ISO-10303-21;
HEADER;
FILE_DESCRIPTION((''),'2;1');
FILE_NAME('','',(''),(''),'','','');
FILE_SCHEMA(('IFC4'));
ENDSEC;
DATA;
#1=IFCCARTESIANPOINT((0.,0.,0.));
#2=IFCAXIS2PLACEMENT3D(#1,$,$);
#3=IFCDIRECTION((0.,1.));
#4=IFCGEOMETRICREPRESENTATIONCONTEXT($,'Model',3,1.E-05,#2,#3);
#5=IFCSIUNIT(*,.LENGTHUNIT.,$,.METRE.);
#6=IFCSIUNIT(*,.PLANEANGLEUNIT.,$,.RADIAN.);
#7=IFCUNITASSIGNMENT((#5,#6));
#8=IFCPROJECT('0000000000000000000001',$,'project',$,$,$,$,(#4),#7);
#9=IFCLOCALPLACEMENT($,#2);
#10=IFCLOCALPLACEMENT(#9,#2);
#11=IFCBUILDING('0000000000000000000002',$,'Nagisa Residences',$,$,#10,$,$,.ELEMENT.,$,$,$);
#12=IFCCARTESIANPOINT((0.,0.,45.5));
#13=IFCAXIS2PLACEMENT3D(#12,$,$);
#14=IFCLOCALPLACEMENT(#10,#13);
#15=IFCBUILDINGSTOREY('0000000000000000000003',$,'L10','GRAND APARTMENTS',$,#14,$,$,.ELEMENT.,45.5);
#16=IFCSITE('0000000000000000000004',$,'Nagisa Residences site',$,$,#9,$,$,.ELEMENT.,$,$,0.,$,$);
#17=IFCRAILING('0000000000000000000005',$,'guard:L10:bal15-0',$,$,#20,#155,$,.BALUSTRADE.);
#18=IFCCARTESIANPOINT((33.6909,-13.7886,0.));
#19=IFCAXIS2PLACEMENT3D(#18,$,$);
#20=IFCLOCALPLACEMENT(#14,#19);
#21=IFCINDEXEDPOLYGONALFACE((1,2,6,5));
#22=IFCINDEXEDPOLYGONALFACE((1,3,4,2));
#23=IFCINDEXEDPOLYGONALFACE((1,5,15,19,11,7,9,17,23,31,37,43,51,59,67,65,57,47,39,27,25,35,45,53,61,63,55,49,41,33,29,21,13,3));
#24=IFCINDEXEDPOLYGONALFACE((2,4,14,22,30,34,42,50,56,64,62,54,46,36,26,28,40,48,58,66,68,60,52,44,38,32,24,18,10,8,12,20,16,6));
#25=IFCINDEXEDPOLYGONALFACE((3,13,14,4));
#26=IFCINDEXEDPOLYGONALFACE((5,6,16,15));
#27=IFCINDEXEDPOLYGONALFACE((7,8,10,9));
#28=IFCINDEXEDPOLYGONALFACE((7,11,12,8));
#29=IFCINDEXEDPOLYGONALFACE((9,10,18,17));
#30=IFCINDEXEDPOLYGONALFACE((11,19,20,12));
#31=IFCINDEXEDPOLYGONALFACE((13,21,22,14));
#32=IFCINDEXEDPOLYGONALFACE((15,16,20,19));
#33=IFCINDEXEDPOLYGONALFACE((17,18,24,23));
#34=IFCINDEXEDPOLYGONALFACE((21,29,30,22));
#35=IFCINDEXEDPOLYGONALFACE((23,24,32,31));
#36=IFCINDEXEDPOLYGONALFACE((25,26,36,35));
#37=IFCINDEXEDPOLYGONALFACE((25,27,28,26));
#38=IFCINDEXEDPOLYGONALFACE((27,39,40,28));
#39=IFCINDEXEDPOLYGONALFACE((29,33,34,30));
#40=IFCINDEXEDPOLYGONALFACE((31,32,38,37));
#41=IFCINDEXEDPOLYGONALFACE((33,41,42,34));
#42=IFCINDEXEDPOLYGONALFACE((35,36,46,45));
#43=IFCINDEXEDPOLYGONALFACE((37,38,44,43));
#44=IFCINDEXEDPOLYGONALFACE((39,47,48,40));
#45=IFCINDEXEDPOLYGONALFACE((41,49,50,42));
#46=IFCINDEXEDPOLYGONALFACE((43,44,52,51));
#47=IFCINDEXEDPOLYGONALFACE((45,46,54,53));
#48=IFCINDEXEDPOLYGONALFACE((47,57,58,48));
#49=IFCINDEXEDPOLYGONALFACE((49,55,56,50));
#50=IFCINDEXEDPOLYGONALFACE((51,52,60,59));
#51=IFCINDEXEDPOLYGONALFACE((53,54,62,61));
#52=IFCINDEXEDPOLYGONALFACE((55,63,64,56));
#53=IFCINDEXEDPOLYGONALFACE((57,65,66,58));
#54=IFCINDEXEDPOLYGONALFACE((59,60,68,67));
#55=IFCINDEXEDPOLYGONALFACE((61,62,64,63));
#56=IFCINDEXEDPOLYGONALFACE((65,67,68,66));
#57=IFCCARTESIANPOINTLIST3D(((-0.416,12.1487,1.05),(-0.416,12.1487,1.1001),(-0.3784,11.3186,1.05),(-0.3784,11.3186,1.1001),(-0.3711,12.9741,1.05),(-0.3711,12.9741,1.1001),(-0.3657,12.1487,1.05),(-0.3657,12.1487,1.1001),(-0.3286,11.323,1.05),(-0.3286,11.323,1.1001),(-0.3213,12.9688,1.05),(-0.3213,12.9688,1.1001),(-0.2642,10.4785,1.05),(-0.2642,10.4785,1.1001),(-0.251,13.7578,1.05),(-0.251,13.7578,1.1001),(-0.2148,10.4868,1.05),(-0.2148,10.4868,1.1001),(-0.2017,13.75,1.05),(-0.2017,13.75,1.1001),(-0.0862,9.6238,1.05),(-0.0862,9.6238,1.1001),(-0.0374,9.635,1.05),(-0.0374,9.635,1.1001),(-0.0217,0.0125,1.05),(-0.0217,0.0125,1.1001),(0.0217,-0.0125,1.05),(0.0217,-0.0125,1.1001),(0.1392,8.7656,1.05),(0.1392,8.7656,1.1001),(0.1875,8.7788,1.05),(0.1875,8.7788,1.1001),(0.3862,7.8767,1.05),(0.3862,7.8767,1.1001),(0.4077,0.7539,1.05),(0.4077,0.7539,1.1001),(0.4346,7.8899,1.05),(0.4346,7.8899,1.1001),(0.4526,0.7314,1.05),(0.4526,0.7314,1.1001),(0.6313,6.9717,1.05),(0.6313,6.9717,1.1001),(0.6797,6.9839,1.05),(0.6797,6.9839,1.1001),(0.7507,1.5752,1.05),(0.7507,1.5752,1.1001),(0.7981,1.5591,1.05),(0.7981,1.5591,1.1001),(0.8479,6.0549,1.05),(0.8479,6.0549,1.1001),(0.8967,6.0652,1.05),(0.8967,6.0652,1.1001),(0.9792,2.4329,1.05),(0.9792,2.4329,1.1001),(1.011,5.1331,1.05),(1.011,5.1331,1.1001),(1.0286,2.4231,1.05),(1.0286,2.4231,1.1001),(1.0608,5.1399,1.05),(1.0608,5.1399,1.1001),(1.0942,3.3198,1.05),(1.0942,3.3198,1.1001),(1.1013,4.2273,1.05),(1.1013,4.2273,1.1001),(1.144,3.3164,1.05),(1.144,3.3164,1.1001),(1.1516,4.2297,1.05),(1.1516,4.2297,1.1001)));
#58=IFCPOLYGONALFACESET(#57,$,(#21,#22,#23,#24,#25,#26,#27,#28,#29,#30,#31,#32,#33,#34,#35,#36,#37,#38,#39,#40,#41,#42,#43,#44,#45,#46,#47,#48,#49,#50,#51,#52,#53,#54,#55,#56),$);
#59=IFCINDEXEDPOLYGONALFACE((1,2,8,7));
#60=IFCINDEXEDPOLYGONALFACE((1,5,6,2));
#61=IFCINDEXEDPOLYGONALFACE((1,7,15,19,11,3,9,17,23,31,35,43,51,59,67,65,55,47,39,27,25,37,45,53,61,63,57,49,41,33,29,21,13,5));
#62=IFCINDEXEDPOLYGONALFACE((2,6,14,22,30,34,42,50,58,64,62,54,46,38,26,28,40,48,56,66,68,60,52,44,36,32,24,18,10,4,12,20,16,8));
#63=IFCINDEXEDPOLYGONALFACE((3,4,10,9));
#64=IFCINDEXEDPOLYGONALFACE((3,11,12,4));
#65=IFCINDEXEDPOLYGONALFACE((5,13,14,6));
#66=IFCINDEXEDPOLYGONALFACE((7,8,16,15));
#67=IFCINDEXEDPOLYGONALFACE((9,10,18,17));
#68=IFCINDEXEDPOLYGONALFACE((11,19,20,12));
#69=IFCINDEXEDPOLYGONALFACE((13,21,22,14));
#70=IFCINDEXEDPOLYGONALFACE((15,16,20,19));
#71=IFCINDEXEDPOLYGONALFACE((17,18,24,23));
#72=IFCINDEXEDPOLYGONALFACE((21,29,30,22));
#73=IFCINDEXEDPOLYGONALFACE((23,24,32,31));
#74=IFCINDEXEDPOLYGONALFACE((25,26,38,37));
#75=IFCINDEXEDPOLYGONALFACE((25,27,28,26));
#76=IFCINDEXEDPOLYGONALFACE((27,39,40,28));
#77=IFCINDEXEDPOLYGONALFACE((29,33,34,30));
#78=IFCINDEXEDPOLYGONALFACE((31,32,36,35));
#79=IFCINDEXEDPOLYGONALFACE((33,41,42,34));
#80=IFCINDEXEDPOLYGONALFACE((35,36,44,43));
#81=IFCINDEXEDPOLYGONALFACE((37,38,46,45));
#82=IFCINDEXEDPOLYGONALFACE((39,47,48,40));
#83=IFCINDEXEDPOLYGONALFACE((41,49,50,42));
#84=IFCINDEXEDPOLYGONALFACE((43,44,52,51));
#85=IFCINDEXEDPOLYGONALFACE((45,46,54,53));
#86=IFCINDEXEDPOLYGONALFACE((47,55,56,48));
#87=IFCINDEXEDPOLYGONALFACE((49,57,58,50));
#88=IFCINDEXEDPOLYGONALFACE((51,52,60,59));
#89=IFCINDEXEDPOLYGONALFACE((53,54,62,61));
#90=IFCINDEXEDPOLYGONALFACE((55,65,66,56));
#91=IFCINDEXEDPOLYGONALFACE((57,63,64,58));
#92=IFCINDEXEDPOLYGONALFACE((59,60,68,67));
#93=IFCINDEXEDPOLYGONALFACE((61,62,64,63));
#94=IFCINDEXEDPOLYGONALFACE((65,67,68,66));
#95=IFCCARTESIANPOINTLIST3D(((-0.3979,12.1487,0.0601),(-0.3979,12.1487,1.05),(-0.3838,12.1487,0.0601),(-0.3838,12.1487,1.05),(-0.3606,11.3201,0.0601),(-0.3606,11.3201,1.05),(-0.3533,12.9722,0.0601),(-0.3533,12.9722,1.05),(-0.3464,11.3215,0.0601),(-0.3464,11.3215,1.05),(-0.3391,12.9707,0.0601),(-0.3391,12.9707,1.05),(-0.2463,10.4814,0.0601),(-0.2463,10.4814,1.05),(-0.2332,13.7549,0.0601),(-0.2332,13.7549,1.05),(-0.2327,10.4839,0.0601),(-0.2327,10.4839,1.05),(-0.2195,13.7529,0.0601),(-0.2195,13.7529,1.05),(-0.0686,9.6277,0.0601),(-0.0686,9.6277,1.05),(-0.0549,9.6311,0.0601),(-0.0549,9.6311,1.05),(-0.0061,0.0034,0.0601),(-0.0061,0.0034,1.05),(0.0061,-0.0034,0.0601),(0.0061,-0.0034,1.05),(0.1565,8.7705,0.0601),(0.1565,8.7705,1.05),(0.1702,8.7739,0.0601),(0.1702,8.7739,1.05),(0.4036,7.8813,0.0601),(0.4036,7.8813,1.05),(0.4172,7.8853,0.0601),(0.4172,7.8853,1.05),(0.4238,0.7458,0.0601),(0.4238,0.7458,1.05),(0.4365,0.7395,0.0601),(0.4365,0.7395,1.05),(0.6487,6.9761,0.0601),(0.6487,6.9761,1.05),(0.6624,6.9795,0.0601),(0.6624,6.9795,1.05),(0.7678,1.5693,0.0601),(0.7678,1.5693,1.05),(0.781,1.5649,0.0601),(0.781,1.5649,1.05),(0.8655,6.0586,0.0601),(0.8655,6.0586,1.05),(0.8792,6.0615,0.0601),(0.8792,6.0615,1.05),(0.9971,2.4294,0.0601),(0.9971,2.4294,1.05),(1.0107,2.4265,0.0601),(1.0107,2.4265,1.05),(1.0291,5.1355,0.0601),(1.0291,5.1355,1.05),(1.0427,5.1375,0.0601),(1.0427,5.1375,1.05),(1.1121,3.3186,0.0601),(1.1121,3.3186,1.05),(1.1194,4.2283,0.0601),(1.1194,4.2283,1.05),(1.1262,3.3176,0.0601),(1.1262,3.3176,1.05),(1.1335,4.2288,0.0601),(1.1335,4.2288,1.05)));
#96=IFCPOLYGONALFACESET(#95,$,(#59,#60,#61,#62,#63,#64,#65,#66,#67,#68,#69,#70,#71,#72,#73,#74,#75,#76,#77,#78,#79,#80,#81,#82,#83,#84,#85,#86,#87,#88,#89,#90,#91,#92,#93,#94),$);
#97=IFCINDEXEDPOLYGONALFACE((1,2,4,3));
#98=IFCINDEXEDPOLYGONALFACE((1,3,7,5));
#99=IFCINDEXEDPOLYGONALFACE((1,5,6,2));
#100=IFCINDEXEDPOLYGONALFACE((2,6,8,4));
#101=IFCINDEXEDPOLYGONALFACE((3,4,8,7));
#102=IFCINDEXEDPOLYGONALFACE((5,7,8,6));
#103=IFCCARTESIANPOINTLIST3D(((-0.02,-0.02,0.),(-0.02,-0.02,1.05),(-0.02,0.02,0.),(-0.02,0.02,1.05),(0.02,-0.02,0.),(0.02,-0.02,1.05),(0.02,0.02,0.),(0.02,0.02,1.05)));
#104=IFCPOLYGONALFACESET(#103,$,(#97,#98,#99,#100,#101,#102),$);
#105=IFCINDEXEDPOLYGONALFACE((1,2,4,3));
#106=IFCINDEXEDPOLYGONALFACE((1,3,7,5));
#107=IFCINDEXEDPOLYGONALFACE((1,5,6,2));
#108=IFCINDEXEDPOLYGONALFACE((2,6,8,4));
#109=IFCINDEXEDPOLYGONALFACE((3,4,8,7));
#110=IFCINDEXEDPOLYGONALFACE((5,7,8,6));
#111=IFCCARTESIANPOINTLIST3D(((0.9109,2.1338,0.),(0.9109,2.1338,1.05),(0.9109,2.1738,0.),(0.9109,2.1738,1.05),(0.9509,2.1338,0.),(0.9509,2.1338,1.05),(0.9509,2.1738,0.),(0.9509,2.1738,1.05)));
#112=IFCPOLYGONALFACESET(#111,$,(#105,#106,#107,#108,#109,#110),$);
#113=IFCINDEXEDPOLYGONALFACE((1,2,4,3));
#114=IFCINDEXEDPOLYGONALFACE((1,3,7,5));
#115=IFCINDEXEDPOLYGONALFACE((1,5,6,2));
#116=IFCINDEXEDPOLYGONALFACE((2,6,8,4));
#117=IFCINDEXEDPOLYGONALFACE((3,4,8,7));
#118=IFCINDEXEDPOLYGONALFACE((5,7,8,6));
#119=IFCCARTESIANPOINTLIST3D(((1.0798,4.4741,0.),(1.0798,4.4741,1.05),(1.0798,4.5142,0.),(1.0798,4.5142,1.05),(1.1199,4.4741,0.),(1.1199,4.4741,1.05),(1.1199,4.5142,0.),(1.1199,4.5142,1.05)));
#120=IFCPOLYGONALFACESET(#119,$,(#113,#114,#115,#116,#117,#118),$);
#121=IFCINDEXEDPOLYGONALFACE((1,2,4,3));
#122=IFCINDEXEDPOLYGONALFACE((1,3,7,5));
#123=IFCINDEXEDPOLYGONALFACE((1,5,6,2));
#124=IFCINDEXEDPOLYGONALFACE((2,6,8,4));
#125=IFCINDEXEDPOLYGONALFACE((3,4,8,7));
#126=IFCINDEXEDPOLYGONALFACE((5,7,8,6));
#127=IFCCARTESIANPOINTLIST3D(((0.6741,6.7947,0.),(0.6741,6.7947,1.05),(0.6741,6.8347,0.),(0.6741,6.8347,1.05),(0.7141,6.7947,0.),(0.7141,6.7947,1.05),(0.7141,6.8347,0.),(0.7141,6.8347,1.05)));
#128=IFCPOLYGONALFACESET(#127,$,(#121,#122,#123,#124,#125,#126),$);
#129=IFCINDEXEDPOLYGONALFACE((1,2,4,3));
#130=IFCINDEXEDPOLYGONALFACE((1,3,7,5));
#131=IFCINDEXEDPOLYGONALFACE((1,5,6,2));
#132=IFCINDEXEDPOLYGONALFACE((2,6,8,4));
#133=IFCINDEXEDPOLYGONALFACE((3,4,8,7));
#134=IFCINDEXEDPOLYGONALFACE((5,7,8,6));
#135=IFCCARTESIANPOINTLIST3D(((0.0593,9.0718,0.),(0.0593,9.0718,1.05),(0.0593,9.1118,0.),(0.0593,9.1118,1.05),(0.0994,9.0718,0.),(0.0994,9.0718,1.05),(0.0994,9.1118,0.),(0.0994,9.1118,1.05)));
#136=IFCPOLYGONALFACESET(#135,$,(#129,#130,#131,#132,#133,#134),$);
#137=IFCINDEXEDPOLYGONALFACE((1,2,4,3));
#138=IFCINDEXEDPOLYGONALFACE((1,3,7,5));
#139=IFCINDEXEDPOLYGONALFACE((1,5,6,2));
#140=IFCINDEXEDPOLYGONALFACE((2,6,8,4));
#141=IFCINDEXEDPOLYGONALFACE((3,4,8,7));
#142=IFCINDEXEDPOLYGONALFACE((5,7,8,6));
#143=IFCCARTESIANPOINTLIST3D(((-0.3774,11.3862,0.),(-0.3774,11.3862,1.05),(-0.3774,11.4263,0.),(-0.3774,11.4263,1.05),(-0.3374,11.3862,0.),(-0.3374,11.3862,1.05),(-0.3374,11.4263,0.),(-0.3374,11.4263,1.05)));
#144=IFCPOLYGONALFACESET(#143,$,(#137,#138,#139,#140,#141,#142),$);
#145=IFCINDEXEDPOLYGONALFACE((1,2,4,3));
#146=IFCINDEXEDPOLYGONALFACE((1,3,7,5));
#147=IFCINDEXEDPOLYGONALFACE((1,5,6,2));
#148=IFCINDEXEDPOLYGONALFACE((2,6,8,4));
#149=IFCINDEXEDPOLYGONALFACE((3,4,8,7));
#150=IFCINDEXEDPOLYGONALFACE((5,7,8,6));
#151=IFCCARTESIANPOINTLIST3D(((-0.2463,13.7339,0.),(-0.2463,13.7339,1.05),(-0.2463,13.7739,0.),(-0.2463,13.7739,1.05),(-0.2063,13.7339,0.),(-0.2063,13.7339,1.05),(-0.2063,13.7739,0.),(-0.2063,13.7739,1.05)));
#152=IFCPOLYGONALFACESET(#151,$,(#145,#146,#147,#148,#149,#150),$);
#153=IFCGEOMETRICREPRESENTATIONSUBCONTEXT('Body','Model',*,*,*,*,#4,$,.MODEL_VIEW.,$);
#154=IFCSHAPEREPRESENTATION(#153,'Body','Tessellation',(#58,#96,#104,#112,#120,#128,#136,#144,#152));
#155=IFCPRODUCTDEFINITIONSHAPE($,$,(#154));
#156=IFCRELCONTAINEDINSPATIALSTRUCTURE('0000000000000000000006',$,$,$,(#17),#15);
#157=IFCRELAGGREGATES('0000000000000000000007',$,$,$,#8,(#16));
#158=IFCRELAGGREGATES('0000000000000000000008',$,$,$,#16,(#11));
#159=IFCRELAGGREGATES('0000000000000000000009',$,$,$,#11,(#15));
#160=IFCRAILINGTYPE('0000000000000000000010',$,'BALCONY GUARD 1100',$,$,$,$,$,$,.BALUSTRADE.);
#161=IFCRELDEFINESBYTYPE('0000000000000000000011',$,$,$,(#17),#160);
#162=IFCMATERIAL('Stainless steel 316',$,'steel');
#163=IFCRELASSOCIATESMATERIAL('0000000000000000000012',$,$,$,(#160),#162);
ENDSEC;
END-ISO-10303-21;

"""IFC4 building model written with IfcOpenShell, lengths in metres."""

from ifc_helpers import new_model, si_unit, direction, frame, origin, origin_2d, place, context, subcontext, project, spatial, polyline, rectangle, outline, extrude, material, type_object, element, save


model = new_model("IFC4")

# Units and contexts
model_context = context("Model", 3, precision=1e-05, world=origin(), true_north=direction((0.0, 1.0)))
body_context = subcontext(model_context, "Body", "Model", "MODEL_VIEW")
ifc_project = project(units=[si_unit("LENGTHUNIT", "METRE"), si_unit("PLANEANGLEUNIT", "RADIAN")], contexts=[model_context])

# Site, building, storey
site_placement = place(None, origin())
site = spatial("IfcSite", under=ifc_project, at=site_placement, Name="Nagisa Residences site", CompositionType="ELEMENT", RefElevation=0.0)
building_placement = place(site_placement, origin())
building = spatial("IfcBuilding", under=site, at=building_placement, Name="Nagisa Residences", CompositionType="ELEMENT")
storey_placement = place(building_placement, frame((0.0, 0.0, 45.5)))
storey = spatial("IfcBuildingStorey", under=building, at=storey_placement, Name="L10", Description="GRAND APARTMENTS", CompositionType="ELEMENT", Elevation=45.5)

# Railing
ifc_material_1 = material(Name="Stainless steel 316", Category="steel")
railing_type = type_object("IfcRailingType", Name="BALCONY GUARD 1100", PredefinedType="BALUSTRADE", material=ifc_material_1)
railing_placement = place(storey_placement, frame((33.6909, -13.7886, 0.0)))
element("IfcRailing", 1, at=railing_placement, inside=storey, type_object=railing_type, Name="guard:L10:bal15-0", PredefinedType="BALUSTRADE", context=body_context, shape_type="SweptSolid", body=[
    extrude(outline(polyline([(0.4077, 0.7539), (-0.0217, 0.0125), (0.0217, -0.0125), (0.4526, 0.7314), (0.7981, 1.5591), (1.0286, 2.4231), (1.144, 3.3164), (1.1516, 4.2297), (1.0608, 5.1399), (0.8967, 6.0652), (0.6797, 6.9839), (0.4346, 7.8899), (0.1875, 8.7788), (-0.0374, 9.635), (-0.2148, 10.4868), (-0.3286, 11.323), (-0.3657, 12.1487), (-0.3213, 12.9688), (-0.2017, 13.75), (-0.251, 13.7578), (-0.3711, 12.9741), (-0.416, 12.1487), (-0.3784, 11.3186), (-0.2642, 10.4785), (-0.0862, 9.6238), (0.1392, 8.7656), (0.3862, 7.8767), (0.6313, 6.9717), (0.8479, 6.0549), (1.011, 5.1331), (1.1013, 4.2273), (1.0942, 3.3198), (0.9792, 2.4329), (0.7507, 1.5752), (0.4077, 0.7539)])), frame((0.0, 0.0, 1.05)), (0.0, 0.0, 1.0), 0.05),
    extrude(outline(polyline([(0.4238, 0.7458), (-0.0061, 0.0034), (0.0061, -0.0034), (0.4365, 0.7395), (0.781, 1.5649), (1.0107, 2.4265), (1.1262, 3.3176), (1.1335, 4.2288), (1.0427, 5.1375), (0.8792, 6.0615), (0.6624, 6.9795), (0.4172, 7.8853), (0.1702, 8.7739), (-0.0549, 9.6311), (-0.2327, 10.4839), (-0.3464, 11.3215), (-0.3838, 12.1487), (-0.3391, 12.9707), (-0.2195, 13.7529), (-0.2332, 13.7549), (-0.3533, 12.9722), (-0.3979, 12.1487), (-0.3606, 11.3201), (-0.2463, 10.4814), (-0.0686, 9.6277), (0.1565, 8.7705), (0.4036, 7.8813), (0.6487, 6.9761), (0.8655, 6.0586), (1.0291, 5.1355), (1.1194, 4.2283), (1.1121, 3.3186), (0.9971, 2.4294), (0.7678, 1.5693), (0.4238, 0.7458)])), frame((0.0, 0.0, 0.0601)), (0.0, 0.0, 1.0), 0.99),
    extrude(rectangle(XDim=0.04, YDim=0.04, at=origin_2d()), origin(), (0.0, 0.0, 1.0), 1.05),
    extrude(rectangle(XDim=0.04, YDim=0.04, at=origin_2d()), frame((0.9309, 2.1538, 0.0)), (0.0, 0.0, 1.0), 1.05),
    extrude(rectangle(XDim=0.04, YDim=0.04, at=origin_2d()), frame((1.0999, 4.4941, 0.0)), (0.0, 0.0, 1.0), 1.05),
    extrude(rectangle(XDim=0.04, YDim=0.04, at=origin_2d()), frame((0.6941, 6.8147, 0.0)), (0.0, 0.0, 1.0), 1.05),
    extrude(rectangle(XDim=0.04, YDim=0.04, at=origin_2d()), frame((0.0793, 9.0918, 0.0)), (0.0, 0.0, 1.0), 1.05),
    extrude(rectangle(XDim=0.04, YDim=0.04, at=origin_2d()), frame((-0.3574, 11.4062, 0.0)), (0.0, 0.0, 1.0), 1.05),
    extrude(rectangle(XDim=0.04, YDim=0.04, at=origin_2d()), frame((-0.2263, 13.7539, 0.0)), (0.0, 0.0, 1.0), 1.05),
])

save(model, "model.ifc")
